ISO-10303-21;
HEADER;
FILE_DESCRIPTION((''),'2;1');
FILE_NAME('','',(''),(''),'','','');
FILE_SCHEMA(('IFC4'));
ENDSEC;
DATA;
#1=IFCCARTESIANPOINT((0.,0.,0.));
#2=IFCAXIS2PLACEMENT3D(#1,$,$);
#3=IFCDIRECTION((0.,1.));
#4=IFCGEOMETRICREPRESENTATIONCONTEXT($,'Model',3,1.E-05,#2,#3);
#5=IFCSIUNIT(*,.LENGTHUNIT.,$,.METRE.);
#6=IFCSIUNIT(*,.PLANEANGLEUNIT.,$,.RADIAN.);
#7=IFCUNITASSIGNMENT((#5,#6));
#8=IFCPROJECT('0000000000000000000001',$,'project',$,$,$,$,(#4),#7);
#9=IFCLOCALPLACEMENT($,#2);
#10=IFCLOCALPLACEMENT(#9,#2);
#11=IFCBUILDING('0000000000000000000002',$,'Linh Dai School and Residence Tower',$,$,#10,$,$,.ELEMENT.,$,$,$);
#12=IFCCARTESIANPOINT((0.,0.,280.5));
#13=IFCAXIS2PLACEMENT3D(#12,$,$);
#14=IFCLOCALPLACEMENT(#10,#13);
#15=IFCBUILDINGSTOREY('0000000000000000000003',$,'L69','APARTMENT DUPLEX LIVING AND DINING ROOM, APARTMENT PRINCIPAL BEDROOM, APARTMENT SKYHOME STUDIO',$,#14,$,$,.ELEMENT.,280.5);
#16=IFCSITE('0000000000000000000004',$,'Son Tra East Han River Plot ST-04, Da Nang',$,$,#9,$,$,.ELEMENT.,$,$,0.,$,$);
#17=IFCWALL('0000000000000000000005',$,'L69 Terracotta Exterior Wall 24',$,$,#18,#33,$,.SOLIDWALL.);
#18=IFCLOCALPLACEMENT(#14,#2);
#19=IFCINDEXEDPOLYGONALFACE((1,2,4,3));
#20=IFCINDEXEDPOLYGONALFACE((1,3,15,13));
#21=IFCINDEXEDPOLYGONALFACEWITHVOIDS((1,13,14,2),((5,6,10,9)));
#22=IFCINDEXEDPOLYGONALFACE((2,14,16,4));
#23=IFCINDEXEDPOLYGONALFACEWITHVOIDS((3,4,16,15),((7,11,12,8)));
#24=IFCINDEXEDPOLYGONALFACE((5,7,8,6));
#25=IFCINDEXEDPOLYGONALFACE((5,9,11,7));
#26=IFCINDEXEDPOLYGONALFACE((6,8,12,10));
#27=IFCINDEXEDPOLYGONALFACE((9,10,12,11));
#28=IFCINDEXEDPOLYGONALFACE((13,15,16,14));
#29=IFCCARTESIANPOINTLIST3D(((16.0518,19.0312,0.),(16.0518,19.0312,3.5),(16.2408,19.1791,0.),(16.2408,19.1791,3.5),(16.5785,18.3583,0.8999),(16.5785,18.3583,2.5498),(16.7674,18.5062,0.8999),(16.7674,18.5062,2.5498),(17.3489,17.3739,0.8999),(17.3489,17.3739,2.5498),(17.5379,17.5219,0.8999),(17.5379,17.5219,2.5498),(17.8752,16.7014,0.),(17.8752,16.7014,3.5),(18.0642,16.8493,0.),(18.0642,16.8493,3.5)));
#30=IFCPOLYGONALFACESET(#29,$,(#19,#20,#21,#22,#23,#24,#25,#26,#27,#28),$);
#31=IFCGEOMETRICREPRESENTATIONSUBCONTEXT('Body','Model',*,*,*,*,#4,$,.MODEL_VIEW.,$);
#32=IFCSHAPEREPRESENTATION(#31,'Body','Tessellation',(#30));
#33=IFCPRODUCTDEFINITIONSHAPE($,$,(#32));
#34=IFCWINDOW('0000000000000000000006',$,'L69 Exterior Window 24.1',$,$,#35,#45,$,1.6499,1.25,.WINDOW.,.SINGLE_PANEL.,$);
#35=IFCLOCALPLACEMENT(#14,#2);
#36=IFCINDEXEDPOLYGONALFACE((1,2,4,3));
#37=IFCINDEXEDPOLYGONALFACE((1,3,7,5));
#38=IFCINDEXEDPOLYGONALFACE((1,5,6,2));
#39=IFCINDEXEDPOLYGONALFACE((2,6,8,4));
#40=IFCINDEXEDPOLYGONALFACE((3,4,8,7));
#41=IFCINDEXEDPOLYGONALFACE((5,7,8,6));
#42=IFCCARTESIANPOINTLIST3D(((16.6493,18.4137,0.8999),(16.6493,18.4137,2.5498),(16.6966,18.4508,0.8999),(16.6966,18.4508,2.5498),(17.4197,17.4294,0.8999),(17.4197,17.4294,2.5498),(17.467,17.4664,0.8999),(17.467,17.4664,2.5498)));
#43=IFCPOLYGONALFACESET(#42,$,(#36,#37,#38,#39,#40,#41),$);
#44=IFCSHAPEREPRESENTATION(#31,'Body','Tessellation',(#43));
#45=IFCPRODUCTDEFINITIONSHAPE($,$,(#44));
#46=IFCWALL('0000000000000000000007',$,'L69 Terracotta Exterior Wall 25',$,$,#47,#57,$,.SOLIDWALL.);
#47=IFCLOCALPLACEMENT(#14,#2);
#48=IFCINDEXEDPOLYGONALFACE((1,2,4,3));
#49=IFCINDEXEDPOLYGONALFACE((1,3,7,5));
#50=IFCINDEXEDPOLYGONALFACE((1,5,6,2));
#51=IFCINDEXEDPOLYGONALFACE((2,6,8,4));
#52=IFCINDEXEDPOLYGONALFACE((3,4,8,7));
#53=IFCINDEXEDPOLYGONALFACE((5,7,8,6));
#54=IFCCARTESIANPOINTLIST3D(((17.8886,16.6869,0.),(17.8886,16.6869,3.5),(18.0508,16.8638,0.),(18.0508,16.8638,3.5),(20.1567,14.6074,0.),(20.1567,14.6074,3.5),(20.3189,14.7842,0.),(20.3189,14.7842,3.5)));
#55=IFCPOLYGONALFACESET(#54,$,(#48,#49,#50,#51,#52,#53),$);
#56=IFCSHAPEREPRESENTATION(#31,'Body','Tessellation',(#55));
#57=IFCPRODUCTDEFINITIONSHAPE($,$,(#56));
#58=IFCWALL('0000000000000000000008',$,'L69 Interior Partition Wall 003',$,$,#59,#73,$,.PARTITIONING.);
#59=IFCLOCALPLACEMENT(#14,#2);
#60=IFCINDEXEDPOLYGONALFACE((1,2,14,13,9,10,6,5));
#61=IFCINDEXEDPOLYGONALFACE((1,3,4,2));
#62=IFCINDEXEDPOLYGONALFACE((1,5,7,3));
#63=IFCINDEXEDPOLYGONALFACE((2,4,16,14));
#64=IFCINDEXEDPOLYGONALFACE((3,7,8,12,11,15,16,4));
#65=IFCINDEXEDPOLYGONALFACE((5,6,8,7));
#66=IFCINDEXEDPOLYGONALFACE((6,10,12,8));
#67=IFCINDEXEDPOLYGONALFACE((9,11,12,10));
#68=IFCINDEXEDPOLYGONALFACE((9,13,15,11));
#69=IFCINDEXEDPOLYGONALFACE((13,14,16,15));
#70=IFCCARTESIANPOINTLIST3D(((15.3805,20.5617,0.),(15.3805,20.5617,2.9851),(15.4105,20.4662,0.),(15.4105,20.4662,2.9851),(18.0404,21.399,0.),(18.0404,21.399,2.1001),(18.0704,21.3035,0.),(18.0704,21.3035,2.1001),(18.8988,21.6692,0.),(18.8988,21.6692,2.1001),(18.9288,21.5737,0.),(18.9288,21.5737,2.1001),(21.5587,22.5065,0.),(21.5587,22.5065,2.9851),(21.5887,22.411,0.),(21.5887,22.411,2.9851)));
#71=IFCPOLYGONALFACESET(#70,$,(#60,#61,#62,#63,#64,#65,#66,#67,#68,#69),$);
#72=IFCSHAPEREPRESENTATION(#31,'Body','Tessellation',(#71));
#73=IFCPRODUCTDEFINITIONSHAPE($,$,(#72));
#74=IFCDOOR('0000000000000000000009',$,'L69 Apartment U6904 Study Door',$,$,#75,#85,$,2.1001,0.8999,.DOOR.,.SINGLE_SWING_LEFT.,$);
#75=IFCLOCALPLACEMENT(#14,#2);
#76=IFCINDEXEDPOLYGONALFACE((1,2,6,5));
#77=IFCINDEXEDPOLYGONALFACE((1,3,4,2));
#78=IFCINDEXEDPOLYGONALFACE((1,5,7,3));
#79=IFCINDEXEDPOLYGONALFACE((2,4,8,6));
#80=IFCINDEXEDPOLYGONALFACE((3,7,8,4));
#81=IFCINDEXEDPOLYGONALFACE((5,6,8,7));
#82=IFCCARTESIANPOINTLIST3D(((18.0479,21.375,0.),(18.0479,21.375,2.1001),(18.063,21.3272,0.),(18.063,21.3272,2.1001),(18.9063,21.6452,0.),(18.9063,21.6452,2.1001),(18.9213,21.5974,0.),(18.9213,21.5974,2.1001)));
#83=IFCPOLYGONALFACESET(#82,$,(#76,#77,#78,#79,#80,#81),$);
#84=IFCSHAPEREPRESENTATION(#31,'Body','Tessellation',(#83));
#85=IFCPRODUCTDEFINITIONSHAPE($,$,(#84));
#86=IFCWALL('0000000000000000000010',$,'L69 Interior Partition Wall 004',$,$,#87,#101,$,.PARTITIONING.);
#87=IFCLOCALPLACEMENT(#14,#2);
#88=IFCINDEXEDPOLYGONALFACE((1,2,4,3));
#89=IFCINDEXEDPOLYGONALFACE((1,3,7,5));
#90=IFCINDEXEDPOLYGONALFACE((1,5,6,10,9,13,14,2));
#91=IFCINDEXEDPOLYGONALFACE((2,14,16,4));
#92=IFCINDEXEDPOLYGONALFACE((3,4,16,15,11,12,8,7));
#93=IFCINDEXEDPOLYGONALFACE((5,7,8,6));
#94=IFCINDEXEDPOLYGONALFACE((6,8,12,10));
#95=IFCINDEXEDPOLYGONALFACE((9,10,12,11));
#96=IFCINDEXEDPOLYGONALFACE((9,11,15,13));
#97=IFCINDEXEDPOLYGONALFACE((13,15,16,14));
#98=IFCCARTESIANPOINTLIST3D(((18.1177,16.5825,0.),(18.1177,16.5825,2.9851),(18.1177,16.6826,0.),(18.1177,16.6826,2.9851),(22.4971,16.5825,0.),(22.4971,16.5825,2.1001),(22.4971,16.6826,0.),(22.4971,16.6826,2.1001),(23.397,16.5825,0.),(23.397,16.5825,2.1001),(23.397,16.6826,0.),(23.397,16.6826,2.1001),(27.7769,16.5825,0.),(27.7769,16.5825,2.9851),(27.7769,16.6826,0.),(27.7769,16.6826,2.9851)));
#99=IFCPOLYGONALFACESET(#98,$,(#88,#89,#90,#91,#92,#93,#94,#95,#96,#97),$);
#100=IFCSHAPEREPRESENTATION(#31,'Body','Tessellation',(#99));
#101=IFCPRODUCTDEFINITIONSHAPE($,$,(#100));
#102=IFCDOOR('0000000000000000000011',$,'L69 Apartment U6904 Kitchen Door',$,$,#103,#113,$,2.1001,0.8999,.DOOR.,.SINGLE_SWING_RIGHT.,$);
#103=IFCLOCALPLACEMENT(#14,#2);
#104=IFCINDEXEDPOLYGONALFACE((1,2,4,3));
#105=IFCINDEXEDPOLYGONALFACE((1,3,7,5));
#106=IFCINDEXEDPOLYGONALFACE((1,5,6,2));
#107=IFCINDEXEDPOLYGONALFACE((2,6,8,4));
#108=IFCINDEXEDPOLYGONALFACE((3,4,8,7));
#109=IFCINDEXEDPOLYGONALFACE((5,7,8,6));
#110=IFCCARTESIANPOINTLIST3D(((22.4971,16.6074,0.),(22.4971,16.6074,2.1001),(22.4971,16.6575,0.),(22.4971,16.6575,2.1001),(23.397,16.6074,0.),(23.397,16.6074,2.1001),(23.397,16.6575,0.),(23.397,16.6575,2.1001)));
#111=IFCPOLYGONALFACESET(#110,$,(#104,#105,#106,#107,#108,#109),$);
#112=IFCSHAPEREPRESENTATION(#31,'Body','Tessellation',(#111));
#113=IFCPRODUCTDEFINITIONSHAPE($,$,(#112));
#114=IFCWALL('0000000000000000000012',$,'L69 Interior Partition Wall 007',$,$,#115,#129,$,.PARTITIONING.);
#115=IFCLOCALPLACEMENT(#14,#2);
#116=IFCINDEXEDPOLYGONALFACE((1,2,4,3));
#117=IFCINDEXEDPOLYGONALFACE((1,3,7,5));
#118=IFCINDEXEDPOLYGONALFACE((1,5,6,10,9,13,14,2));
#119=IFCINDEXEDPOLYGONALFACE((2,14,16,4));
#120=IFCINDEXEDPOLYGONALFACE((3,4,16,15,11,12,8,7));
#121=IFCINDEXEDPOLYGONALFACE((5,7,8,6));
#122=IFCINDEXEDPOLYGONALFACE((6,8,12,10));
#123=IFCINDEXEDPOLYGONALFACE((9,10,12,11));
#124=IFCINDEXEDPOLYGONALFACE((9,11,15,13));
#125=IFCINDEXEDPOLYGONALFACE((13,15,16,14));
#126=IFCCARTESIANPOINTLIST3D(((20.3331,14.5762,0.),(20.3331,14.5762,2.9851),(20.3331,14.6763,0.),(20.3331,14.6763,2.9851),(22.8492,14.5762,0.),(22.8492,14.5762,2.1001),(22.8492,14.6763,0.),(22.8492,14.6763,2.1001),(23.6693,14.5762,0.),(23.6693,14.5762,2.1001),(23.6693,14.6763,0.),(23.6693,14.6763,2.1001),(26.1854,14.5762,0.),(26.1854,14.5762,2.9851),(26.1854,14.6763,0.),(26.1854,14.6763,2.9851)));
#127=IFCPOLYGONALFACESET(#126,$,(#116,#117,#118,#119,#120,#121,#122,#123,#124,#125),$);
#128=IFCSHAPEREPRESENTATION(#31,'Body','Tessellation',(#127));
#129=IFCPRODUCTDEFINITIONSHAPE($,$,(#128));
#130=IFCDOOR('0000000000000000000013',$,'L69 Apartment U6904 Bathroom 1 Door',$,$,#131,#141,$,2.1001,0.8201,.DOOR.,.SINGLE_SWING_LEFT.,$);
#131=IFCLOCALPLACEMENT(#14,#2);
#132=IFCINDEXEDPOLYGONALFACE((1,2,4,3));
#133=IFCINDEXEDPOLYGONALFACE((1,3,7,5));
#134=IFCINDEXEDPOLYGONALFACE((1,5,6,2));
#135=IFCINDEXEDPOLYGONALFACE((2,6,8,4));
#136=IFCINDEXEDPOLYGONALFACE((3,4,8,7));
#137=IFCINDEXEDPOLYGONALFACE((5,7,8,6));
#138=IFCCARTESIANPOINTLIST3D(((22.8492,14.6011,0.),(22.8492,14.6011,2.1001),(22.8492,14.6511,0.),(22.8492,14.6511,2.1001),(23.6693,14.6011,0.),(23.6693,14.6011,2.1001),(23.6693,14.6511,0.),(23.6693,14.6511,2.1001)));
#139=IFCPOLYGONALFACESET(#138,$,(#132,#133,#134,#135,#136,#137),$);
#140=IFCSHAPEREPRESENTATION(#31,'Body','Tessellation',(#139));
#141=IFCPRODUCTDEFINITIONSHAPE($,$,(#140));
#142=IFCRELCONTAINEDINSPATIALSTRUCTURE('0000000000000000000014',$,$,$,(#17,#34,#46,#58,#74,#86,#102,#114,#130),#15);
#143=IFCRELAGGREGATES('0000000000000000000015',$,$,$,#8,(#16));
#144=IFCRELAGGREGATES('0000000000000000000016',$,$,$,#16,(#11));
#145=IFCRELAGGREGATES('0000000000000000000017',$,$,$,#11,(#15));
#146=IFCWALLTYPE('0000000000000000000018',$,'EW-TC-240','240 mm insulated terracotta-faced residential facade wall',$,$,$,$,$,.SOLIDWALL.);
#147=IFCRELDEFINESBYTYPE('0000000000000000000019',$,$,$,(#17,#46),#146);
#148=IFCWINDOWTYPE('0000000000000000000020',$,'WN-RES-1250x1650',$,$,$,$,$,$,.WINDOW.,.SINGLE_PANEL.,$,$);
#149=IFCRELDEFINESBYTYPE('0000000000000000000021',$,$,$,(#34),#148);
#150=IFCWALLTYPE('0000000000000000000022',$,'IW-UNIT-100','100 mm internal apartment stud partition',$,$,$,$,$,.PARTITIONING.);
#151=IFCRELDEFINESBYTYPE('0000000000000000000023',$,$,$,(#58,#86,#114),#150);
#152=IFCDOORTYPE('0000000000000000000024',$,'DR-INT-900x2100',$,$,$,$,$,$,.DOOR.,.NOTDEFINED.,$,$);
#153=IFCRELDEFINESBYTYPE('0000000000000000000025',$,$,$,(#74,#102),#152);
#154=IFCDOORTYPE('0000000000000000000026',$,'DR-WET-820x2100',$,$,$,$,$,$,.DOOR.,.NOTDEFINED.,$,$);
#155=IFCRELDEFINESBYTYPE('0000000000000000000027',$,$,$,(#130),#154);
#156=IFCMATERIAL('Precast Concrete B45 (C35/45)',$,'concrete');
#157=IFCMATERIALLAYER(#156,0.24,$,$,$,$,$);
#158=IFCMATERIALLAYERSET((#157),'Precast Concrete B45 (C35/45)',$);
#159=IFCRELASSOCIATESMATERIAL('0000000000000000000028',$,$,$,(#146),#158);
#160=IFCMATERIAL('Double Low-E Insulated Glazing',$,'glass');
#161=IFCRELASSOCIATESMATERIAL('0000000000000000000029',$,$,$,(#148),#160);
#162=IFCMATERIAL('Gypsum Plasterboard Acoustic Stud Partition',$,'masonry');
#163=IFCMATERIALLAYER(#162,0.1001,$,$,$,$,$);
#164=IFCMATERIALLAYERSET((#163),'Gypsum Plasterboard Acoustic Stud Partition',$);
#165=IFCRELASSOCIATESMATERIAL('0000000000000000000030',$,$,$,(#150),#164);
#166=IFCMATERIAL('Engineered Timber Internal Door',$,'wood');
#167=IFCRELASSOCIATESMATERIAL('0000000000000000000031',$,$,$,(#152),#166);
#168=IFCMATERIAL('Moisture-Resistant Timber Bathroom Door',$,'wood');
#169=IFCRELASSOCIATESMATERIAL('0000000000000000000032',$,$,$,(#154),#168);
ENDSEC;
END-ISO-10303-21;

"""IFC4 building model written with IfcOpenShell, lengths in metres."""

from ifc_helpers import new_model, si_unit, direction, frame, frame_2d, origin, origin_2d, place, context, subcontext, project, spatial, rectangle, extrude, source, transform, mapped, material, layer, layer_set, type_object, element, fill, save


model = new_model("IFC4")

# Units and contexts
model_context = context("Model", 3, precision=1e-05, world=origin(), true_north=direction((0.0, 1.0)))
body_context = subcontext(model_context, "Body", "Model", "MODEL_VIEW")
ifc_project = project(units=[si_unit("LENGTHUNIT", "METRE"), si_unit("PLANEANGLEUNIT", "RADIAN")], contexts=[model_context])

# Site, building, storey
site_placement = place(None, origin())
site = spatial("IfcSite", under=ifc_project, at=site_placement, Name="Son Tra East Han River Plot ST-04, Da Nang", CompositionType="ELEMENT", RefElevation=0.0)
building_placement = place(site_placement, origin())
building = spatial("IfcBuilding", under=site, at=building_placement, Name="Linh Dai School and Residence Tower", CompositionType="ELEMENT")
storey_placement = place(building_placement, frame((0.0, 0.0, 280.5)))
storey = spatial("IfcBuildingStorey", under=building, at=storey_placement, Name="L69", Description="APARTMENT DUPLEX LIVING AND DINING ROOM, APARTMENT PRINCIPAL BEDROOM, APARTMENT SKYHOME STUDIO", CompositionType="ELEMENT", Elevation=280.5)

# Shared definitions
ifc_material_1 = material(Name="Precast Concrete B45 (C35/45)", Category="concrete")

# Shared definitions
ifc_layer_1 = layer(ifc_material_1, 0.24)
ifc_layer_set_1 = layer_set([ifc_layer_1], Name="Precast Concrete B45 (C35/45)")
wall_type_1 = type_object("IfcWallType", Name="EW-TC-240", Description="240 mm insulated terracotta-faced residential facade wall", PredefinedType="SOLIDWALL", material=ifc_layer_set_1)

# Wall, opening, window
wall_1_placement = place(storey_placement, frame((17.9697, 16.7754, 0.0), z_axis=(0.0, 0.0, 1.0), x_axis=(-0.616337, 0.787482, 0.0)))
wall_1 = element("IfcWall", 1, at=wall_1_placement, inside=storey, type_object=wall_type_1, Name="L69 Terracotta Exterior Wall 24", PredefinedType="SOLIDWALL", context=body_context, shape_type="SweptSolid", body=[
    extrude(rectangle(XDim=2.9585, YDim=0.24, at=frame_2d((1.4792, 0.0))), origin(), (0.0, 0.0, 1.0), 3.5),
])
opening_1_placement = place(wall_1_placement, frame((0.854, 0.0, 0.8999)))
opening_1 = element("IfcOpeningElement", 2, at=opening_1_placement, cuts=wall_1, PredefinedType="OPENING", context=body_context, shape_type="SweptSolid", body=[
    extrude(rectangle(XDim=1.25, YDim=1.6499, at=origin_2d()), frame((0.625, 0.1299, 0.825), z_axis=(0.0, -1.0, 0.0), x_axis=(1.0, 0.0, 0.0)), (0.0, 0.0, 1.0), 0.26),
])
ifc_material_2 = material(Name="Double Low-E Insulated Glazing", Category="glass")
window_type = type_object("IfcWindowType", Name="WN-RES-1250x1650", PartitioningType="SINGLE_PANEL", PredefinedType="WINDOW", material=ifc_material_2)
shared_shape_1 = source(origin(), body_context, "Body", "SweptSolid", [
    extrude(rectangle(XDim=1.25, YDim=1.6499, at=origin_2d()), frame((0.625, 0.03, 0.825), z_axis=(0.0, -1.0, 0.0), x_axis=(1.0, 0.0, 0.0)), (0.0, 0.0, 1.0), 0.0601),
])
window_placement = place(opening_1_placement, origin())
window = element("IfcWindow", 3, at=window_placement, inside=storey, type_object=window_type, Name="L69 Exterior Window 24.1", OverallHeight=1.6499, OverallWidth=1.25, PartitioningType="SINGLE_PANEL", PredefinedType="WINDOW", context=body_context, shape_type="MappedRepresentation", body=[
    mapped(shared_shape_1, transform((0.0, 0.0, 0.0), x_axis=(1.0, 0.0, 0.0), y_axis=(0.0, 1.0, 0.0), z_axis=(0.0, 0.0, 1.0), scale=1.0)),
])
fill(opening_1, window)

# Wall
wall_2_placement = place(storey_placement, frame((20.2378, 14.6958, 0.0), z_axis=(0.0, 0.0, 1.0), x_axis=(-0.737069, 0.675818, 0.0)))
element("IfcWall", 4, at=wall_2_placement, inside=storey, type_object=wall_type_1, Name="L69 Terracotta Exterior Wall 25", PredefinedType="SOLIDWALL", context=body_context, shape_type="SweptSolid", body=[
    extrude(rectangle(XDim=3.0771, YDim=0.24, at=frame_2d((1.5386, 0.0))), origin(), (0.0, 0.0, 1.0), 3.5),
])

# Walls, openings, doors
ifc_material_3 = material(Name="Gypsum Plasterboard Acoustic Stud Partition", Category="masonry")
ifc_layer_2 = layer(ifc_material_3, 0.1001)
ifc_layer_set_2 = layer_set([ifc_layer_2], Name="Gypsum Plasterboard Acoustic Stud Partition")
wall_type_2 = type_object("IfcWallType", Name="IW-UNIT-100", Description="100 mm internal apartment stud partition", PredefinedType="PARTITIONING", material=ifc_layer_set_2)
wall_3_placement = place(storey_placement, frame((15.3955, 20.5139, 0.0), z_axis=(0.0, 0.0, 1.0), x_axis=(0.953857, 0.300262, 0.0)))
wall_3 = element("IfcWall", 5, at=wall_3_placement, inside=storey, type_object=wall_type_2, Name="L69 Interior Partition Wall 003", PredefinedType="PARTITIONING", context=body_context, shape_type="SweptSolid", body=[
    extrude(rectangle(XDim=6.4771, YDim=0.1001, at=frame_2d((3.2385, 0.0))), origin(), (0.0, 0.0, 1.0), 2.9851),
])
opening_2_placement = place(wall_3_placement, frame((2.7886, 0.0, 0.0)))
opening_2 = element("IfcOpeningElement", 6, at=opening_2_placement, cuts=wall_3, PredefinedType="OPENING", context=body_context, shape_type="SweptSolid", body=[
    extrude(rectangle(XDim=0.8999, YDim=2.1001, at=origin_2d()), frame((0.45, 0.0601, 1.05), z_axis=(0.0, -1.0, 0.0), x_axis=(1.0, 0.0, 0.0)), (0.0, 0.0, 1.0), 0.1201),
])
ifc_material_4 = material(Name="Engineered Timber Internal Door", Category="wood")
door_type_1 = type_object("IfcDoorType", Name="DR-INT-900x2100", OperationType="NOTDEFINED", PredefinedType="DOOR", material=ifc_material_4)
shared_shape_2 = source(origin(), body_context, "Body", "SweptSolid", [
    extrude(rectangle(XDim=0.8999, YDim=2.1001, at=origin_2d()), frame((0.45, 0.0249, 1.05), z_axis=(0.0, -1.0, 0.0), x_axis=(1.0, 0.0, 0.0)), (0.0, 0.0, 1.0), 0.05),
])
door_1_placement = place(opening_2_placement, origin())
door_1 = element("IfcDoor", 7, at=door_1_placement, inside=storey, type_object=door_type_1, Name="L69 Apartment U6904 Study Door", OperationType="SINGLE_SWING_LEFT", OverallHeight=2.1001, OverallWidth=0.8999, PredefinedType="DOOR", context=body_context, shape_type="MappedRepresentation", body=[
    mapped(shared_shape_2, transform((0.0, 0.0, 0.0), x_axis=(1.0, 0.0, 0.0), y_axis=(0.0, 1.0, 0.0), z_axis=(0.0, 0.0, 1.0), scale=1.0)),
])
fill(opening_2, door_1)
wall_4_placement = place(storey_placement, frame((18.1177, 16.6326, 0.0), z_axis=(0.0, 0.0, 1.0), x_axis=(1.0, 0.0, 0.0)))
wall_4 = element("IfcWall", 8, at=wall_4_placement, inside=storey, type_object=wall_type_2, Name="L69 Interior Partition Wall 004", PredefinedType="PARTITIONING", context=body_context, shape_type="SweptSolid", body=[
    extrude(rectangle(XDim=9.6592, YDim=0.1001, at=frame_2d((4.8296, 0.0))), origin(), (0.0, 0.0, 1.0), 2.9851),
])
opening_3_placement = place(wall_4_placement, frame((4.3794, 0.0, 0.0)))
opening_3 = element("IfcOpeningElement", 9, at=opening_3_placement, cuts=wall_4, PredefinedType="OPENING", context=body_context, shape_type="SweptSolid", body=[
    extrude(rectangle(XDim=0.8999, YDim=2.1001, at=origin_2d()), frame((0.45, 0.0601, 1.05), z_axis=(0.0, -1.0, 0.0), x_axis=(1.0, 0.0, 0.0)), (0.0, 0.0, 1.0), 0.1201),
])
door_2_placement = place(opening_3_placement, origin())
door_2 = element("IfcDoor", 10, at=door_2_placement, inside=storey, type_object=door_type_1, Name="L69 Apartment U6904 Kitchen Door", OperationType="SINGLE_SWING_RIGHT", OverallHeight=2.1001, OverallWidth=0.8999, PredefinedType="DOOR", context=body_context, shape_type="MappedRepresentation", body=[
    mapped(shared_shape_2, transform((0.0, 0.0, 0.0), x_axis=(1.0, 0.0, 0.0), y_axis=(0.0, 1.0, 0.0), z_axis=(0.0, 0.0, 1.0), scale=1.0)),
])
fill(opening_3, door_2)
wall_5_placement = place(storey_placement, frame((20.333, 14.6262, 0.0), z_axis=(0.0, 0.0, 1.0), x_axis=(1.0, 0.0, 0.0)))
wall_5 = element("IfcWall", 11, at=wall_5_placement, inside=storey, type_object=wall_type_2, Name="L69 Interior Partition Wall 007", PredefinedType="PARTITIONING", context=body_context, shape_type="SweptSolid", body=[
    extrude(rectangle(XDim=5.8523, YDim=0.1001, at=frame_2d((2.9263, 0.0))), origin(), (0.0, 0.0, 1.0), 2.9851),
])
opening_4_placement = place(wall_5_placement, frame((2.5161, 0.0, 0.0)))
opening_4 = element("IfcOpeningElement", 12, at=opening_4_placement, cuts=wall_5, PredefinedType="OPENING", context=body_context, shape_type="SweptSolid", body=[
    extrude(rectangle(XDim=0.8201, YDim=2.1001, at=origin_2d()), frame((0.4102, 0.0601, 1.05), z_axis=(0.0, -1.0, 0.0), x_axis=(1.0, 0.0, 0.0)), (0.0, 0.0, 1.0), 0.1201),
])
ifc_material_5 = material(Name="Moisture-Resistant Timber Bathroom Door", Category="wood")
door_type_2 = type_object("IfcDoorType", Name="DR-WET-820x2100", OperationType="NOTDEFINED", PredefinedType="DOOR", material=ifc_material_5)
shared_shape_3 = source(origin(), body_context, "Body", "SweptSolid", [
    extrude(rectangle(XDim=0.8201, YDim=2.1001, at=origin_2d()), frame((0.4102, 0.0249, 1.05), z_axis=(0.0, -1.0, 0.0), x_axis=(1.0, 0.0, 0.0)), (0.0, 0.0, 1.0), 0.05),
])
door_3_placement = place(opening_4_placement, origin())
door_3 = element("IfcDoor", 13, at=door_3_placement, inside=storey, type_object=door_type_2, Name="L69 Apartment U6904 Bathroom 1 Door", OperationType="SINGLE_SWING_LEFT", OverallHeight=2.1001, OverallWidth=0.8201, PredefinedType="DOOR", context=body_context, shape_type="MappedRepresentation", body=[
    mapped(shared_shape_3, transform((0.0, 0.0, 0.0), x_axis=(1.0, 0.0, 0.0), y_axis=(0.0, 1.0, 0.0), z_axis=(0.0, 0.0, 1.0), scale=1.0)),
])
fill(opening_4, door_3)

save(model, "model.ifc")
